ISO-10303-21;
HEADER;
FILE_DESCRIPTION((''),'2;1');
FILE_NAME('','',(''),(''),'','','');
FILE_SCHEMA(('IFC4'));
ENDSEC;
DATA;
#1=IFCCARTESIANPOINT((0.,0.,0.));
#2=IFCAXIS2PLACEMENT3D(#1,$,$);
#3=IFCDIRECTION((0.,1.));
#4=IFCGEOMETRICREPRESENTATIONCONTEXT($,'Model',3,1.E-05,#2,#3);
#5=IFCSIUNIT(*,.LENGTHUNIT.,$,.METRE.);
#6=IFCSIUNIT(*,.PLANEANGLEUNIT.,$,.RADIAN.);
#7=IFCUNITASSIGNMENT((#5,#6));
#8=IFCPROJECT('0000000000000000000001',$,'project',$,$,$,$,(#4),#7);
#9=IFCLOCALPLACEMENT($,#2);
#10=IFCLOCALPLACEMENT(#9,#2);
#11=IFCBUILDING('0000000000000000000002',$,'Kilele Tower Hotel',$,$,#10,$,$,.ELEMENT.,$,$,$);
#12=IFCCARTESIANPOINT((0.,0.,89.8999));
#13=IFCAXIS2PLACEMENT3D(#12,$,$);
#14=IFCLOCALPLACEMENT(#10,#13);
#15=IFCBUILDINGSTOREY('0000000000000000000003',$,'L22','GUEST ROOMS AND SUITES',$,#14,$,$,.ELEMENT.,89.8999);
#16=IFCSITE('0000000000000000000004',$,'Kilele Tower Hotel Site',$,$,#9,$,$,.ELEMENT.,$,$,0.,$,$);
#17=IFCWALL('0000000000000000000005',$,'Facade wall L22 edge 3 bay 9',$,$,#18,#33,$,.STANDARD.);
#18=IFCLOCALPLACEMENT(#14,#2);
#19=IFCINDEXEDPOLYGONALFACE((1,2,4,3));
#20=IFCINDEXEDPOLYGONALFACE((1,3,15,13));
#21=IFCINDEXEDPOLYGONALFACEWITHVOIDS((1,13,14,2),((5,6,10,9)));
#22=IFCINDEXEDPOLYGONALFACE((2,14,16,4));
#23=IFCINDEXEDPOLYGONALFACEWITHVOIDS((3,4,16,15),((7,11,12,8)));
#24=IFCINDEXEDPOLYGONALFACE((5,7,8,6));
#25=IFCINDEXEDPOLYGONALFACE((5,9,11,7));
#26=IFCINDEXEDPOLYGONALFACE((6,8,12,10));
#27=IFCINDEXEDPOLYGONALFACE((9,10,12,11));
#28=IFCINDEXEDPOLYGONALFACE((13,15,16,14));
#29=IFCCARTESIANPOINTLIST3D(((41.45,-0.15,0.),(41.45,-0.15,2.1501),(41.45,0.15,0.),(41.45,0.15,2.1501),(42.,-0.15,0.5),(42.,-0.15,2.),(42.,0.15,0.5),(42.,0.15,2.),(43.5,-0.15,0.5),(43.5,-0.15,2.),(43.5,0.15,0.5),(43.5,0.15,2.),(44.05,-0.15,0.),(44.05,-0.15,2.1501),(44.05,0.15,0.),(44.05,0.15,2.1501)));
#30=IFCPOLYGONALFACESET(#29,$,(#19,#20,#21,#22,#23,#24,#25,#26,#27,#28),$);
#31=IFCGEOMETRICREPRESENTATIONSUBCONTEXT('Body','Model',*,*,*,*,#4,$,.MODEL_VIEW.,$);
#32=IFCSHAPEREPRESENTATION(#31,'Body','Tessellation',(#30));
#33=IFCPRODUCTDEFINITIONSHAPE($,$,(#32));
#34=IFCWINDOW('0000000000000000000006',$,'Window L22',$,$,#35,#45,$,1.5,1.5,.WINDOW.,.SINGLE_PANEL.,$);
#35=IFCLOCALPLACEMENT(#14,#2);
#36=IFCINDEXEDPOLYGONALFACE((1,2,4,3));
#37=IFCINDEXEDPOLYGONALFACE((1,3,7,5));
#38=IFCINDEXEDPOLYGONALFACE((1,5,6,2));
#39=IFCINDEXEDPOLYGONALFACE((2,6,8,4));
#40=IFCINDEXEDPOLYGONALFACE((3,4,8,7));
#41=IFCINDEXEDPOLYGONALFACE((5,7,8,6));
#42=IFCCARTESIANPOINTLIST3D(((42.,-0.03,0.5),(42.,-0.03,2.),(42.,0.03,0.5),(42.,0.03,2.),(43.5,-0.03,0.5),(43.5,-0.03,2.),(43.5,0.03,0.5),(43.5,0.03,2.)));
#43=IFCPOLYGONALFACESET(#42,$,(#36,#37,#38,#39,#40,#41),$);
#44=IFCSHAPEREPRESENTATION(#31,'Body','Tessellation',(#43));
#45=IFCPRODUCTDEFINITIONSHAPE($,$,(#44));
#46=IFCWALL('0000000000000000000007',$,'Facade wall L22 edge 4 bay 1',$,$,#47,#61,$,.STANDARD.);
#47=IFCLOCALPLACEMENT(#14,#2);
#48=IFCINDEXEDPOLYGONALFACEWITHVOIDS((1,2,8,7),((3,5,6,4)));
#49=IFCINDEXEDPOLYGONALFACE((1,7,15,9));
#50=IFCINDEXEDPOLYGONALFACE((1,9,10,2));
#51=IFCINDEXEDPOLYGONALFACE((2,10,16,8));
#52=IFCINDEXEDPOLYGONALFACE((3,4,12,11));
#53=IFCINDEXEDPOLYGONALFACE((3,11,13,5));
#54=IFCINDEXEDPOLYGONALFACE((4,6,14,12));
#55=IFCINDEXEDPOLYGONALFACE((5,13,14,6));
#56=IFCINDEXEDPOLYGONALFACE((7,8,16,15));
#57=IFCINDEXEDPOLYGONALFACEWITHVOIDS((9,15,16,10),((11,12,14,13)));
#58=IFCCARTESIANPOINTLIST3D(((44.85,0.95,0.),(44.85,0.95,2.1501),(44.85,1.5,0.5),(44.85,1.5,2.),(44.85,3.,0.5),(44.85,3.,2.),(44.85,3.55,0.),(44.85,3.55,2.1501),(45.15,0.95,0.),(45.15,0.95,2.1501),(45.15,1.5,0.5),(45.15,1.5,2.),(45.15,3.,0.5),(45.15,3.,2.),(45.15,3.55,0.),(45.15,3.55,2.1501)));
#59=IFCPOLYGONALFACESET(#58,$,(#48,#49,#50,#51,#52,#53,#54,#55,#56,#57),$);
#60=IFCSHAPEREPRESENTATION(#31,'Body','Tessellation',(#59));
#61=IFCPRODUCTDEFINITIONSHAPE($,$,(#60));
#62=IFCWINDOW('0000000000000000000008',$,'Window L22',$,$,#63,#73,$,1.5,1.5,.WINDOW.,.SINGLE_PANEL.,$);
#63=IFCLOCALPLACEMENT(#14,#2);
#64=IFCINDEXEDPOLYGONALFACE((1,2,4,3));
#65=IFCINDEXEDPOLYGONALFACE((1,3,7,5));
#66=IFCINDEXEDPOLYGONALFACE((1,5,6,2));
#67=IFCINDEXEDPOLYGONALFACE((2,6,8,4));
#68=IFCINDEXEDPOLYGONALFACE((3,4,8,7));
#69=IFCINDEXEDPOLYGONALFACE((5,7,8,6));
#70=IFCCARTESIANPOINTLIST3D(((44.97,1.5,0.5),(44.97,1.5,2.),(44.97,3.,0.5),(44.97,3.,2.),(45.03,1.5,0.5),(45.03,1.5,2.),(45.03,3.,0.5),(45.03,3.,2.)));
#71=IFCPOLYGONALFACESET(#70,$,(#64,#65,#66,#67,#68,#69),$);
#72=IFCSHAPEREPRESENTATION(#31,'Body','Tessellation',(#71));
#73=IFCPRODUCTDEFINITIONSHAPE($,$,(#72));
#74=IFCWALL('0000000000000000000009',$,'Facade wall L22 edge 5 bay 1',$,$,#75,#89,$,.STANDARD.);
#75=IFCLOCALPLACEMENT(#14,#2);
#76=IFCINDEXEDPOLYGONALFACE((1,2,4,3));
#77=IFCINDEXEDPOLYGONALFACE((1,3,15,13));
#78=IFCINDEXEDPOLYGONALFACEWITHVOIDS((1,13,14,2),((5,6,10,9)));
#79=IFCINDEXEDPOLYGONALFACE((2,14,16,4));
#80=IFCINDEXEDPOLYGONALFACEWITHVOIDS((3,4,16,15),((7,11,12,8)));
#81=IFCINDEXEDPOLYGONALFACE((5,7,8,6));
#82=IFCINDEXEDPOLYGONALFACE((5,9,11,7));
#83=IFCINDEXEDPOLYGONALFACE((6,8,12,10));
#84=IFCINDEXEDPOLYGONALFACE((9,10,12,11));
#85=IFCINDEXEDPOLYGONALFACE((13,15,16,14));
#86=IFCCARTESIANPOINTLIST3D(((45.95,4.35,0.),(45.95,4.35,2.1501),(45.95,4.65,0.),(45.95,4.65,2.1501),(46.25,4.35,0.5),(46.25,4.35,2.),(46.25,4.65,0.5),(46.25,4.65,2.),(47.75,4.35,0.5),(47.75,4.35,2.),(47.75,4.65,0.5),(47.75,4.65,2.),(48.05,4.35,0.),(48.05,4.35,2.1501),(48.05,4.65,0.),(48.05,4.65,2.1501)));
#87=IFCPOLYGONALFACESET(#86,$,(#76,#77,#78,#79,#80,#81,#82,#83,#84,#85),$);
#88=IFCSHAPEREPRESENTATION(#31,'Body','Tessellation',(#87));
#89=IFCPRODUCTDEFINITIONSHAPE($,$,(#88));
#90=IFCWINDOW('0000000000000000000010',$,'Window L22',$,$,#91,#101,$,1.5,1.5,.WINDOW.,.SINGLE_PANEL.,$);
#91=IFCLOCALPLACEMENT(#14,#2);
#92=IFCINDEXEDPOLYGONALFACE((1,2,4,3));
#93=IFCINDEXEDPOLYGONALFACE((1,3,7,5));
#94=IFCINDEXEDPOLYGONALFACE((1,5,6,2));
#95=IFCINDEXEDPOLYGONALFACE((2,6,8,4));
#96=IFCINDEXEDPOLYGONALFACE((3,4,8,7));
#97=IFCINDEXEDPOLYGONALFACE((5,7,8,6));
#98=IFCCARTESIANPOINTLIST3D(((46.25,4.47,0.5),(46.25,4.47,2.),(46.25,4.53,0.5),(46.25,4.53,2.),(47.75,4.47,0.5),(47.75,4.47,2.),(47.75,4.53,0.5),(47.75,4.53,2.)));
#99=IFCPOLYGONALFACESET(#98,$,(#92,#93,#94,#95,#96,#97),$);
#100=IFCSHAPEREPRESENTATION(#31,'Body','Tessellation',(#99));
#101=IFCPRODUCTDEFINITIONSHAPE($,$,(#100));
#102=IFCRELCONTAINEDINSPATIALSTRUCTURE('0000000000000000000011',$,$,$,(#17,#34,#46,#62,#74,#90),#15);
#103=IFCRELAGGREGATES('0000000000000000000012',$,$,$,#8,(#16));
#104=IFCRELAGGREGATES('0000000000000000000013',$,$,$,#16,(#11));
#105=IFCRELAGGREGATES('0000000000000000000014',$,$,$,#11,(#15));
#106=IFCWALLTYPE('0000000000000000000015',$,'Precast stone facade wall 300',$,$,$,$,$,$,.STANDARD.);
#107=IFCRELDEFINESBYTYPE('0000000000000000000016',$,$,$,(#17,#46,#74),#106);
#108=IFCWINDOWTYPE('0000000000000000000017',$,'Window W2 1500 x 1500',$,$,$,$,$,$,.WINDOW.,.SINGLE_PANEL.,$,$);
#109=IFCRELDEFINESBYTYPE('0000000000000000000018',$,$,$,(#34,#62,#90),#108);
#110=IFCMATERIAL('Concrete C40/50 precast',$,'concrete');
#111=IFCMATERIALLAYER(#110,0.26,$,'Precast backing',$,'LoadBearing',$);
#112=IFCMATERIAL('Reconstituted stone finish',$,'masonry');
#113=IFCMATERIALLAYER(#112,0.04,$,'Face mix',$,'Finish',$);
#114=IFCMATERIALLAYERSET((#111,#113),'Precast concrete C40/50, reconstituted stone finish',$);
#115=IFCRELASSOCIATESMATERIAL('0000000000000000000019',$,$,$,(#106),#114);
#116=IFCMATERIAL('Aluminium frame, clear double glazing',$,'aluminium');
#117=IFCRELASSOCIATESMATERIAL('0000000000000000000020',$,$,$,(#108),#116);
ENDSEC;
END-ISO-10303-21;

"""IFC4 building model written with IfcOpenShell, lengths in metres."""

from ifc_helpers import new_model, si_unit, direction, frame, frame_2d, origin, place, context, subcontext, project, spatial, rectangle, extrude, material, layer, layer_set, type_object, element, fill, save


model = new_model("IFC4")

# Units and contexts
model_context = context("Model", 3, precision=1e-05, world=origin(), true_north=direction((0.0, 1.0)))
body_context = subcontext(model_context, "Body", "Model", "MODEL_VIEW")
ifc_project = project(units=[si_unit("LENGTHUNIT", "METRE"), si_unit("PLANEANGLEUNIT", "RADIAN")], contexts=[model_context])

# Site, building, storey
site_placement = place(None, origin())
site = spatial("IfcSite", under=ifc_project, at=site_placement, Name="Kilele Tower Hotel Site", CompositionType="ELEMENT", RefElevation=0.0)
building_placement = place(site_placement, origin())
building = spatial("IfcBuilding", under=site, at=building_placement, Name="Kilele Tower Hotel", CompositionType="ELEMENT")
storey_placement = place(building_placement, frame((0.0, 0.0, 89.8999)))
storey = spatial("IfcBuildingStorey", under=building, at=storey_placement, Name="L22", Description="GUEST ROOMS AND SUITES", CompositionType="ELEMENT", Elevation=89.8999)

# Walls, openings, windows
ifc_material_1 = material(Name="Concrete C40/50 precast", Category="concrete")
ifc_layer_1 = layer(ifc_material_1, 0.26, Name="Precast backing", Category="LoadBearing")
ifc_material_2 = material(Name="Reconstituted stone finish", Category="masonry")
ifc_layer_2 = layer(ifc_material_2, 0.04, Name="Face mix", Category="Finish")
ifc_layer_set_1 = layer_set([ifc_layer_1, ifc_layer_2], Name="Precast concrete C40/50, reconstituted stone finish")
wall_type_1 = type_object("IfcWallType", Name="Precast stone facade wall 300", PredefinedType="STANDARD", material=ifc_layer_set_1)
wall_1_placement = place(storey_placement, frame((41.45, 0.0, 0.0), z_axis=(0.0, 0.0, 1.0), x_axis=(1.0, 0.0, 0.0)))
wall_1 = element("IfcWall", 1, at=wall_1_placement, inside=storey, type_object=wall_type_1, Name="Facade wall L22 edge 3 bay 9", PredefinedType="STANDARD", context=body_context, shape_type="SweptSolid", body=[
    extrude(rectangle(XDim=2.6001, YDim=0.3, at=frame_2d((1.3, 0.0))), origin(), (0.0, 0.0, 1.0), 2.1501),
])
opening_1_placement = place(wall_1_placement, frame((0.55, 0.0, 0.5)))
opening_1 = element("IfcOpeningElement", 2, at=opening_1_placement, cuts=wall_1, PredefinedType="OPENING", context=body_context, shape_type="SweptSolid", body=[
    extrude(rectangle(XDim=1.5, YDim=1.5, at=frame_2d((0.75, 0.75))), frame((0.0, 0.1599, 0.0), z_axis=(0.0, -1.0, 0.0), x_axis=(1.0, 0.0, 0.0)), (0.0, 0.0, 1.0), 0.3201),
])
ifc_material_3 = material(Name="Aluminium frame, clear double glazing", Category="aluminium")
window_type = type_object("IfcWindowType", Name="Window W2 1500 x 1500", PartitioningType="SINGLE_PANEL", PredefinedType="WINDOW", material=ifc_material_3)
window_1_placement = place(opening_1_placement, origin())
window_1 = element("IfcWindow", 3, at=window_1_placement, inside=storey, type_object=window_type, Name="Window L22", OverallHeight=1.5, OverallWidth=1.5, PartitioningType="SINGLE_PANEL", PredefinedType="WINDOW", context=body_context, shape_type="SweptSolid", body=[
    extrude(rectangle(XDim=1.5, YDim=1.5, at=frame_2d((0.75, 0.75))), frame((0.0, 0.03, 0.0), z_axis=(0.0, -1.0, 0.0), x_axis=(1.0, 0.0, 0.0)), (0.0, 0.0, 1.0), 0.0601),
])
fill(opening_1, window_1)
wall_2_placement = place(storey_placement, frame((45.0, 0.95, 0.0), z_axis=(0.0, 0.0, 1.0), x_axis=(0.0, 1.0, 0.0)))
wall_2 = element("IfcWall", 4, at=wall_2_placement, inside=storey, type_object=wall_type_1, Name="Facade wall L22 edge 4 bay 1", PredefinedType="STANDARD", context=body_context, shape_type="SweptSolid", body=[
    extrude(rectangle(XDim=2.6001, YDim=0.3, at=frame_2d((1.3, 0.0))), origin(), (0.0, 0.0, 1.0), 2.1501),
])
opening_2_placement = place(wall_2_placement, frame((0.55, 0.0, 0.5)))
opening_2 = element("IfcOpeningElement", 5, at=opening_2_placement, cuts=wall_2, PredefinedType="OPENING", context=body_context, shape_type="SweptSolid", body=[
    extrude(rectangle(XDim=1.5, YDim=1.5, at=frame_2d((0.75, 0.75))), frame((0.0, 0.1599, 0.0), z_axis=(0.0, -1.0, 0.0), x_axis=(1.0, 0.0, 0.0)), (0.0, 0.0, 1.0), 0.3201),
])
window_2_placement = place(opening_2_placement, origin())
window_2 = element("IfcWindow", 6, at=window_2_placement, inside=storey, type_object=window_type, Name="Window L22", OverallHeight=1.5, OverallWidth=1.5, PartitioningType="SINGLE_PANEL", PredefinedType="WINDOW", context=body_context, shape_type="SweptSolid", body=[
    extrude(rectangle(XDim=1.5, YDim=1.5, at=frame_2d((0.75, 0.75))), frame((0.0, 0.03, 0.0), z_axis=(0.0, -1.0, 0.0), x_axis=(1.0, 0.0, 0.0)), (0.0, 0.0, 1.0), 0.0601),
])
fill(opening_2, window_2)
wall_3_placement = place(storey_placement, frame((45.95, 4.5, 0.0), z_axis=(0.0, 0.0, 1.0), x_axis=(1.0, 0.0, 0.0)))
wall_3 = element("IfcWall", 7, at=wall_3_placement, inside=storey, type_object=wall_type_1, Name="Facade wall L22 edge 5 bay 1", PredefinedType="STANDARD", context=body_context, shape_type="SweptSolid", body=[
    extrude(rectangle(XDim=2.1001, YDim=0.3, at=frame_2d((1.05, 0.0))), origin(), (0.0, 0.0, 1.0), 2.1501),
])
opening_3_placement = place(wall_3_placement, frame((0.3, 0.0, 0.5)))
opening_3 = element("IfcOpeningElement", 8, at=opening_3_placement, cuts=wall_3, PredefinedType="OPENING", context=body_context, shape_type="SweptSolid", body=[
    extrude(rectangle(XDim=1.5, YDim=1.5, at=frame_2d((0.75, 0.75))), frame((0.0, 0.1599, 0.0), z_axis=(0.0, -1.0, 0.0), x_axis=(1.0, 0.0, 0.0)), (0.0, 0.0, 1.0), 0.3201),
])
window_3_placement = place(opening_3_placement, origin())
window_3 = element("IfcWindow", 9, at=window_3_placement, inside=storey, type_object=window_type, Name="Window L22", OverallHeight=1.5, OverallWidth=1.5, PartitioningType="SINGLE_PANEL", PredefinedType="WINDOW", context=body_context, shape_type="SweptSolid", body=[
    extrude(rectangle(XDim=1.5, YDim=1.5, at=frame_2d((0.75, 0.75))), frame((0.0, 0.03, 0.0), z_axis=(0.0, -1.0, 0.0), x_axis=(1.0, 0.0, 0.0)), (0.0, 0.0, 1.0), 0.0601),
])
fill(opening_3, window_3)

save(model, "model.ifc")
